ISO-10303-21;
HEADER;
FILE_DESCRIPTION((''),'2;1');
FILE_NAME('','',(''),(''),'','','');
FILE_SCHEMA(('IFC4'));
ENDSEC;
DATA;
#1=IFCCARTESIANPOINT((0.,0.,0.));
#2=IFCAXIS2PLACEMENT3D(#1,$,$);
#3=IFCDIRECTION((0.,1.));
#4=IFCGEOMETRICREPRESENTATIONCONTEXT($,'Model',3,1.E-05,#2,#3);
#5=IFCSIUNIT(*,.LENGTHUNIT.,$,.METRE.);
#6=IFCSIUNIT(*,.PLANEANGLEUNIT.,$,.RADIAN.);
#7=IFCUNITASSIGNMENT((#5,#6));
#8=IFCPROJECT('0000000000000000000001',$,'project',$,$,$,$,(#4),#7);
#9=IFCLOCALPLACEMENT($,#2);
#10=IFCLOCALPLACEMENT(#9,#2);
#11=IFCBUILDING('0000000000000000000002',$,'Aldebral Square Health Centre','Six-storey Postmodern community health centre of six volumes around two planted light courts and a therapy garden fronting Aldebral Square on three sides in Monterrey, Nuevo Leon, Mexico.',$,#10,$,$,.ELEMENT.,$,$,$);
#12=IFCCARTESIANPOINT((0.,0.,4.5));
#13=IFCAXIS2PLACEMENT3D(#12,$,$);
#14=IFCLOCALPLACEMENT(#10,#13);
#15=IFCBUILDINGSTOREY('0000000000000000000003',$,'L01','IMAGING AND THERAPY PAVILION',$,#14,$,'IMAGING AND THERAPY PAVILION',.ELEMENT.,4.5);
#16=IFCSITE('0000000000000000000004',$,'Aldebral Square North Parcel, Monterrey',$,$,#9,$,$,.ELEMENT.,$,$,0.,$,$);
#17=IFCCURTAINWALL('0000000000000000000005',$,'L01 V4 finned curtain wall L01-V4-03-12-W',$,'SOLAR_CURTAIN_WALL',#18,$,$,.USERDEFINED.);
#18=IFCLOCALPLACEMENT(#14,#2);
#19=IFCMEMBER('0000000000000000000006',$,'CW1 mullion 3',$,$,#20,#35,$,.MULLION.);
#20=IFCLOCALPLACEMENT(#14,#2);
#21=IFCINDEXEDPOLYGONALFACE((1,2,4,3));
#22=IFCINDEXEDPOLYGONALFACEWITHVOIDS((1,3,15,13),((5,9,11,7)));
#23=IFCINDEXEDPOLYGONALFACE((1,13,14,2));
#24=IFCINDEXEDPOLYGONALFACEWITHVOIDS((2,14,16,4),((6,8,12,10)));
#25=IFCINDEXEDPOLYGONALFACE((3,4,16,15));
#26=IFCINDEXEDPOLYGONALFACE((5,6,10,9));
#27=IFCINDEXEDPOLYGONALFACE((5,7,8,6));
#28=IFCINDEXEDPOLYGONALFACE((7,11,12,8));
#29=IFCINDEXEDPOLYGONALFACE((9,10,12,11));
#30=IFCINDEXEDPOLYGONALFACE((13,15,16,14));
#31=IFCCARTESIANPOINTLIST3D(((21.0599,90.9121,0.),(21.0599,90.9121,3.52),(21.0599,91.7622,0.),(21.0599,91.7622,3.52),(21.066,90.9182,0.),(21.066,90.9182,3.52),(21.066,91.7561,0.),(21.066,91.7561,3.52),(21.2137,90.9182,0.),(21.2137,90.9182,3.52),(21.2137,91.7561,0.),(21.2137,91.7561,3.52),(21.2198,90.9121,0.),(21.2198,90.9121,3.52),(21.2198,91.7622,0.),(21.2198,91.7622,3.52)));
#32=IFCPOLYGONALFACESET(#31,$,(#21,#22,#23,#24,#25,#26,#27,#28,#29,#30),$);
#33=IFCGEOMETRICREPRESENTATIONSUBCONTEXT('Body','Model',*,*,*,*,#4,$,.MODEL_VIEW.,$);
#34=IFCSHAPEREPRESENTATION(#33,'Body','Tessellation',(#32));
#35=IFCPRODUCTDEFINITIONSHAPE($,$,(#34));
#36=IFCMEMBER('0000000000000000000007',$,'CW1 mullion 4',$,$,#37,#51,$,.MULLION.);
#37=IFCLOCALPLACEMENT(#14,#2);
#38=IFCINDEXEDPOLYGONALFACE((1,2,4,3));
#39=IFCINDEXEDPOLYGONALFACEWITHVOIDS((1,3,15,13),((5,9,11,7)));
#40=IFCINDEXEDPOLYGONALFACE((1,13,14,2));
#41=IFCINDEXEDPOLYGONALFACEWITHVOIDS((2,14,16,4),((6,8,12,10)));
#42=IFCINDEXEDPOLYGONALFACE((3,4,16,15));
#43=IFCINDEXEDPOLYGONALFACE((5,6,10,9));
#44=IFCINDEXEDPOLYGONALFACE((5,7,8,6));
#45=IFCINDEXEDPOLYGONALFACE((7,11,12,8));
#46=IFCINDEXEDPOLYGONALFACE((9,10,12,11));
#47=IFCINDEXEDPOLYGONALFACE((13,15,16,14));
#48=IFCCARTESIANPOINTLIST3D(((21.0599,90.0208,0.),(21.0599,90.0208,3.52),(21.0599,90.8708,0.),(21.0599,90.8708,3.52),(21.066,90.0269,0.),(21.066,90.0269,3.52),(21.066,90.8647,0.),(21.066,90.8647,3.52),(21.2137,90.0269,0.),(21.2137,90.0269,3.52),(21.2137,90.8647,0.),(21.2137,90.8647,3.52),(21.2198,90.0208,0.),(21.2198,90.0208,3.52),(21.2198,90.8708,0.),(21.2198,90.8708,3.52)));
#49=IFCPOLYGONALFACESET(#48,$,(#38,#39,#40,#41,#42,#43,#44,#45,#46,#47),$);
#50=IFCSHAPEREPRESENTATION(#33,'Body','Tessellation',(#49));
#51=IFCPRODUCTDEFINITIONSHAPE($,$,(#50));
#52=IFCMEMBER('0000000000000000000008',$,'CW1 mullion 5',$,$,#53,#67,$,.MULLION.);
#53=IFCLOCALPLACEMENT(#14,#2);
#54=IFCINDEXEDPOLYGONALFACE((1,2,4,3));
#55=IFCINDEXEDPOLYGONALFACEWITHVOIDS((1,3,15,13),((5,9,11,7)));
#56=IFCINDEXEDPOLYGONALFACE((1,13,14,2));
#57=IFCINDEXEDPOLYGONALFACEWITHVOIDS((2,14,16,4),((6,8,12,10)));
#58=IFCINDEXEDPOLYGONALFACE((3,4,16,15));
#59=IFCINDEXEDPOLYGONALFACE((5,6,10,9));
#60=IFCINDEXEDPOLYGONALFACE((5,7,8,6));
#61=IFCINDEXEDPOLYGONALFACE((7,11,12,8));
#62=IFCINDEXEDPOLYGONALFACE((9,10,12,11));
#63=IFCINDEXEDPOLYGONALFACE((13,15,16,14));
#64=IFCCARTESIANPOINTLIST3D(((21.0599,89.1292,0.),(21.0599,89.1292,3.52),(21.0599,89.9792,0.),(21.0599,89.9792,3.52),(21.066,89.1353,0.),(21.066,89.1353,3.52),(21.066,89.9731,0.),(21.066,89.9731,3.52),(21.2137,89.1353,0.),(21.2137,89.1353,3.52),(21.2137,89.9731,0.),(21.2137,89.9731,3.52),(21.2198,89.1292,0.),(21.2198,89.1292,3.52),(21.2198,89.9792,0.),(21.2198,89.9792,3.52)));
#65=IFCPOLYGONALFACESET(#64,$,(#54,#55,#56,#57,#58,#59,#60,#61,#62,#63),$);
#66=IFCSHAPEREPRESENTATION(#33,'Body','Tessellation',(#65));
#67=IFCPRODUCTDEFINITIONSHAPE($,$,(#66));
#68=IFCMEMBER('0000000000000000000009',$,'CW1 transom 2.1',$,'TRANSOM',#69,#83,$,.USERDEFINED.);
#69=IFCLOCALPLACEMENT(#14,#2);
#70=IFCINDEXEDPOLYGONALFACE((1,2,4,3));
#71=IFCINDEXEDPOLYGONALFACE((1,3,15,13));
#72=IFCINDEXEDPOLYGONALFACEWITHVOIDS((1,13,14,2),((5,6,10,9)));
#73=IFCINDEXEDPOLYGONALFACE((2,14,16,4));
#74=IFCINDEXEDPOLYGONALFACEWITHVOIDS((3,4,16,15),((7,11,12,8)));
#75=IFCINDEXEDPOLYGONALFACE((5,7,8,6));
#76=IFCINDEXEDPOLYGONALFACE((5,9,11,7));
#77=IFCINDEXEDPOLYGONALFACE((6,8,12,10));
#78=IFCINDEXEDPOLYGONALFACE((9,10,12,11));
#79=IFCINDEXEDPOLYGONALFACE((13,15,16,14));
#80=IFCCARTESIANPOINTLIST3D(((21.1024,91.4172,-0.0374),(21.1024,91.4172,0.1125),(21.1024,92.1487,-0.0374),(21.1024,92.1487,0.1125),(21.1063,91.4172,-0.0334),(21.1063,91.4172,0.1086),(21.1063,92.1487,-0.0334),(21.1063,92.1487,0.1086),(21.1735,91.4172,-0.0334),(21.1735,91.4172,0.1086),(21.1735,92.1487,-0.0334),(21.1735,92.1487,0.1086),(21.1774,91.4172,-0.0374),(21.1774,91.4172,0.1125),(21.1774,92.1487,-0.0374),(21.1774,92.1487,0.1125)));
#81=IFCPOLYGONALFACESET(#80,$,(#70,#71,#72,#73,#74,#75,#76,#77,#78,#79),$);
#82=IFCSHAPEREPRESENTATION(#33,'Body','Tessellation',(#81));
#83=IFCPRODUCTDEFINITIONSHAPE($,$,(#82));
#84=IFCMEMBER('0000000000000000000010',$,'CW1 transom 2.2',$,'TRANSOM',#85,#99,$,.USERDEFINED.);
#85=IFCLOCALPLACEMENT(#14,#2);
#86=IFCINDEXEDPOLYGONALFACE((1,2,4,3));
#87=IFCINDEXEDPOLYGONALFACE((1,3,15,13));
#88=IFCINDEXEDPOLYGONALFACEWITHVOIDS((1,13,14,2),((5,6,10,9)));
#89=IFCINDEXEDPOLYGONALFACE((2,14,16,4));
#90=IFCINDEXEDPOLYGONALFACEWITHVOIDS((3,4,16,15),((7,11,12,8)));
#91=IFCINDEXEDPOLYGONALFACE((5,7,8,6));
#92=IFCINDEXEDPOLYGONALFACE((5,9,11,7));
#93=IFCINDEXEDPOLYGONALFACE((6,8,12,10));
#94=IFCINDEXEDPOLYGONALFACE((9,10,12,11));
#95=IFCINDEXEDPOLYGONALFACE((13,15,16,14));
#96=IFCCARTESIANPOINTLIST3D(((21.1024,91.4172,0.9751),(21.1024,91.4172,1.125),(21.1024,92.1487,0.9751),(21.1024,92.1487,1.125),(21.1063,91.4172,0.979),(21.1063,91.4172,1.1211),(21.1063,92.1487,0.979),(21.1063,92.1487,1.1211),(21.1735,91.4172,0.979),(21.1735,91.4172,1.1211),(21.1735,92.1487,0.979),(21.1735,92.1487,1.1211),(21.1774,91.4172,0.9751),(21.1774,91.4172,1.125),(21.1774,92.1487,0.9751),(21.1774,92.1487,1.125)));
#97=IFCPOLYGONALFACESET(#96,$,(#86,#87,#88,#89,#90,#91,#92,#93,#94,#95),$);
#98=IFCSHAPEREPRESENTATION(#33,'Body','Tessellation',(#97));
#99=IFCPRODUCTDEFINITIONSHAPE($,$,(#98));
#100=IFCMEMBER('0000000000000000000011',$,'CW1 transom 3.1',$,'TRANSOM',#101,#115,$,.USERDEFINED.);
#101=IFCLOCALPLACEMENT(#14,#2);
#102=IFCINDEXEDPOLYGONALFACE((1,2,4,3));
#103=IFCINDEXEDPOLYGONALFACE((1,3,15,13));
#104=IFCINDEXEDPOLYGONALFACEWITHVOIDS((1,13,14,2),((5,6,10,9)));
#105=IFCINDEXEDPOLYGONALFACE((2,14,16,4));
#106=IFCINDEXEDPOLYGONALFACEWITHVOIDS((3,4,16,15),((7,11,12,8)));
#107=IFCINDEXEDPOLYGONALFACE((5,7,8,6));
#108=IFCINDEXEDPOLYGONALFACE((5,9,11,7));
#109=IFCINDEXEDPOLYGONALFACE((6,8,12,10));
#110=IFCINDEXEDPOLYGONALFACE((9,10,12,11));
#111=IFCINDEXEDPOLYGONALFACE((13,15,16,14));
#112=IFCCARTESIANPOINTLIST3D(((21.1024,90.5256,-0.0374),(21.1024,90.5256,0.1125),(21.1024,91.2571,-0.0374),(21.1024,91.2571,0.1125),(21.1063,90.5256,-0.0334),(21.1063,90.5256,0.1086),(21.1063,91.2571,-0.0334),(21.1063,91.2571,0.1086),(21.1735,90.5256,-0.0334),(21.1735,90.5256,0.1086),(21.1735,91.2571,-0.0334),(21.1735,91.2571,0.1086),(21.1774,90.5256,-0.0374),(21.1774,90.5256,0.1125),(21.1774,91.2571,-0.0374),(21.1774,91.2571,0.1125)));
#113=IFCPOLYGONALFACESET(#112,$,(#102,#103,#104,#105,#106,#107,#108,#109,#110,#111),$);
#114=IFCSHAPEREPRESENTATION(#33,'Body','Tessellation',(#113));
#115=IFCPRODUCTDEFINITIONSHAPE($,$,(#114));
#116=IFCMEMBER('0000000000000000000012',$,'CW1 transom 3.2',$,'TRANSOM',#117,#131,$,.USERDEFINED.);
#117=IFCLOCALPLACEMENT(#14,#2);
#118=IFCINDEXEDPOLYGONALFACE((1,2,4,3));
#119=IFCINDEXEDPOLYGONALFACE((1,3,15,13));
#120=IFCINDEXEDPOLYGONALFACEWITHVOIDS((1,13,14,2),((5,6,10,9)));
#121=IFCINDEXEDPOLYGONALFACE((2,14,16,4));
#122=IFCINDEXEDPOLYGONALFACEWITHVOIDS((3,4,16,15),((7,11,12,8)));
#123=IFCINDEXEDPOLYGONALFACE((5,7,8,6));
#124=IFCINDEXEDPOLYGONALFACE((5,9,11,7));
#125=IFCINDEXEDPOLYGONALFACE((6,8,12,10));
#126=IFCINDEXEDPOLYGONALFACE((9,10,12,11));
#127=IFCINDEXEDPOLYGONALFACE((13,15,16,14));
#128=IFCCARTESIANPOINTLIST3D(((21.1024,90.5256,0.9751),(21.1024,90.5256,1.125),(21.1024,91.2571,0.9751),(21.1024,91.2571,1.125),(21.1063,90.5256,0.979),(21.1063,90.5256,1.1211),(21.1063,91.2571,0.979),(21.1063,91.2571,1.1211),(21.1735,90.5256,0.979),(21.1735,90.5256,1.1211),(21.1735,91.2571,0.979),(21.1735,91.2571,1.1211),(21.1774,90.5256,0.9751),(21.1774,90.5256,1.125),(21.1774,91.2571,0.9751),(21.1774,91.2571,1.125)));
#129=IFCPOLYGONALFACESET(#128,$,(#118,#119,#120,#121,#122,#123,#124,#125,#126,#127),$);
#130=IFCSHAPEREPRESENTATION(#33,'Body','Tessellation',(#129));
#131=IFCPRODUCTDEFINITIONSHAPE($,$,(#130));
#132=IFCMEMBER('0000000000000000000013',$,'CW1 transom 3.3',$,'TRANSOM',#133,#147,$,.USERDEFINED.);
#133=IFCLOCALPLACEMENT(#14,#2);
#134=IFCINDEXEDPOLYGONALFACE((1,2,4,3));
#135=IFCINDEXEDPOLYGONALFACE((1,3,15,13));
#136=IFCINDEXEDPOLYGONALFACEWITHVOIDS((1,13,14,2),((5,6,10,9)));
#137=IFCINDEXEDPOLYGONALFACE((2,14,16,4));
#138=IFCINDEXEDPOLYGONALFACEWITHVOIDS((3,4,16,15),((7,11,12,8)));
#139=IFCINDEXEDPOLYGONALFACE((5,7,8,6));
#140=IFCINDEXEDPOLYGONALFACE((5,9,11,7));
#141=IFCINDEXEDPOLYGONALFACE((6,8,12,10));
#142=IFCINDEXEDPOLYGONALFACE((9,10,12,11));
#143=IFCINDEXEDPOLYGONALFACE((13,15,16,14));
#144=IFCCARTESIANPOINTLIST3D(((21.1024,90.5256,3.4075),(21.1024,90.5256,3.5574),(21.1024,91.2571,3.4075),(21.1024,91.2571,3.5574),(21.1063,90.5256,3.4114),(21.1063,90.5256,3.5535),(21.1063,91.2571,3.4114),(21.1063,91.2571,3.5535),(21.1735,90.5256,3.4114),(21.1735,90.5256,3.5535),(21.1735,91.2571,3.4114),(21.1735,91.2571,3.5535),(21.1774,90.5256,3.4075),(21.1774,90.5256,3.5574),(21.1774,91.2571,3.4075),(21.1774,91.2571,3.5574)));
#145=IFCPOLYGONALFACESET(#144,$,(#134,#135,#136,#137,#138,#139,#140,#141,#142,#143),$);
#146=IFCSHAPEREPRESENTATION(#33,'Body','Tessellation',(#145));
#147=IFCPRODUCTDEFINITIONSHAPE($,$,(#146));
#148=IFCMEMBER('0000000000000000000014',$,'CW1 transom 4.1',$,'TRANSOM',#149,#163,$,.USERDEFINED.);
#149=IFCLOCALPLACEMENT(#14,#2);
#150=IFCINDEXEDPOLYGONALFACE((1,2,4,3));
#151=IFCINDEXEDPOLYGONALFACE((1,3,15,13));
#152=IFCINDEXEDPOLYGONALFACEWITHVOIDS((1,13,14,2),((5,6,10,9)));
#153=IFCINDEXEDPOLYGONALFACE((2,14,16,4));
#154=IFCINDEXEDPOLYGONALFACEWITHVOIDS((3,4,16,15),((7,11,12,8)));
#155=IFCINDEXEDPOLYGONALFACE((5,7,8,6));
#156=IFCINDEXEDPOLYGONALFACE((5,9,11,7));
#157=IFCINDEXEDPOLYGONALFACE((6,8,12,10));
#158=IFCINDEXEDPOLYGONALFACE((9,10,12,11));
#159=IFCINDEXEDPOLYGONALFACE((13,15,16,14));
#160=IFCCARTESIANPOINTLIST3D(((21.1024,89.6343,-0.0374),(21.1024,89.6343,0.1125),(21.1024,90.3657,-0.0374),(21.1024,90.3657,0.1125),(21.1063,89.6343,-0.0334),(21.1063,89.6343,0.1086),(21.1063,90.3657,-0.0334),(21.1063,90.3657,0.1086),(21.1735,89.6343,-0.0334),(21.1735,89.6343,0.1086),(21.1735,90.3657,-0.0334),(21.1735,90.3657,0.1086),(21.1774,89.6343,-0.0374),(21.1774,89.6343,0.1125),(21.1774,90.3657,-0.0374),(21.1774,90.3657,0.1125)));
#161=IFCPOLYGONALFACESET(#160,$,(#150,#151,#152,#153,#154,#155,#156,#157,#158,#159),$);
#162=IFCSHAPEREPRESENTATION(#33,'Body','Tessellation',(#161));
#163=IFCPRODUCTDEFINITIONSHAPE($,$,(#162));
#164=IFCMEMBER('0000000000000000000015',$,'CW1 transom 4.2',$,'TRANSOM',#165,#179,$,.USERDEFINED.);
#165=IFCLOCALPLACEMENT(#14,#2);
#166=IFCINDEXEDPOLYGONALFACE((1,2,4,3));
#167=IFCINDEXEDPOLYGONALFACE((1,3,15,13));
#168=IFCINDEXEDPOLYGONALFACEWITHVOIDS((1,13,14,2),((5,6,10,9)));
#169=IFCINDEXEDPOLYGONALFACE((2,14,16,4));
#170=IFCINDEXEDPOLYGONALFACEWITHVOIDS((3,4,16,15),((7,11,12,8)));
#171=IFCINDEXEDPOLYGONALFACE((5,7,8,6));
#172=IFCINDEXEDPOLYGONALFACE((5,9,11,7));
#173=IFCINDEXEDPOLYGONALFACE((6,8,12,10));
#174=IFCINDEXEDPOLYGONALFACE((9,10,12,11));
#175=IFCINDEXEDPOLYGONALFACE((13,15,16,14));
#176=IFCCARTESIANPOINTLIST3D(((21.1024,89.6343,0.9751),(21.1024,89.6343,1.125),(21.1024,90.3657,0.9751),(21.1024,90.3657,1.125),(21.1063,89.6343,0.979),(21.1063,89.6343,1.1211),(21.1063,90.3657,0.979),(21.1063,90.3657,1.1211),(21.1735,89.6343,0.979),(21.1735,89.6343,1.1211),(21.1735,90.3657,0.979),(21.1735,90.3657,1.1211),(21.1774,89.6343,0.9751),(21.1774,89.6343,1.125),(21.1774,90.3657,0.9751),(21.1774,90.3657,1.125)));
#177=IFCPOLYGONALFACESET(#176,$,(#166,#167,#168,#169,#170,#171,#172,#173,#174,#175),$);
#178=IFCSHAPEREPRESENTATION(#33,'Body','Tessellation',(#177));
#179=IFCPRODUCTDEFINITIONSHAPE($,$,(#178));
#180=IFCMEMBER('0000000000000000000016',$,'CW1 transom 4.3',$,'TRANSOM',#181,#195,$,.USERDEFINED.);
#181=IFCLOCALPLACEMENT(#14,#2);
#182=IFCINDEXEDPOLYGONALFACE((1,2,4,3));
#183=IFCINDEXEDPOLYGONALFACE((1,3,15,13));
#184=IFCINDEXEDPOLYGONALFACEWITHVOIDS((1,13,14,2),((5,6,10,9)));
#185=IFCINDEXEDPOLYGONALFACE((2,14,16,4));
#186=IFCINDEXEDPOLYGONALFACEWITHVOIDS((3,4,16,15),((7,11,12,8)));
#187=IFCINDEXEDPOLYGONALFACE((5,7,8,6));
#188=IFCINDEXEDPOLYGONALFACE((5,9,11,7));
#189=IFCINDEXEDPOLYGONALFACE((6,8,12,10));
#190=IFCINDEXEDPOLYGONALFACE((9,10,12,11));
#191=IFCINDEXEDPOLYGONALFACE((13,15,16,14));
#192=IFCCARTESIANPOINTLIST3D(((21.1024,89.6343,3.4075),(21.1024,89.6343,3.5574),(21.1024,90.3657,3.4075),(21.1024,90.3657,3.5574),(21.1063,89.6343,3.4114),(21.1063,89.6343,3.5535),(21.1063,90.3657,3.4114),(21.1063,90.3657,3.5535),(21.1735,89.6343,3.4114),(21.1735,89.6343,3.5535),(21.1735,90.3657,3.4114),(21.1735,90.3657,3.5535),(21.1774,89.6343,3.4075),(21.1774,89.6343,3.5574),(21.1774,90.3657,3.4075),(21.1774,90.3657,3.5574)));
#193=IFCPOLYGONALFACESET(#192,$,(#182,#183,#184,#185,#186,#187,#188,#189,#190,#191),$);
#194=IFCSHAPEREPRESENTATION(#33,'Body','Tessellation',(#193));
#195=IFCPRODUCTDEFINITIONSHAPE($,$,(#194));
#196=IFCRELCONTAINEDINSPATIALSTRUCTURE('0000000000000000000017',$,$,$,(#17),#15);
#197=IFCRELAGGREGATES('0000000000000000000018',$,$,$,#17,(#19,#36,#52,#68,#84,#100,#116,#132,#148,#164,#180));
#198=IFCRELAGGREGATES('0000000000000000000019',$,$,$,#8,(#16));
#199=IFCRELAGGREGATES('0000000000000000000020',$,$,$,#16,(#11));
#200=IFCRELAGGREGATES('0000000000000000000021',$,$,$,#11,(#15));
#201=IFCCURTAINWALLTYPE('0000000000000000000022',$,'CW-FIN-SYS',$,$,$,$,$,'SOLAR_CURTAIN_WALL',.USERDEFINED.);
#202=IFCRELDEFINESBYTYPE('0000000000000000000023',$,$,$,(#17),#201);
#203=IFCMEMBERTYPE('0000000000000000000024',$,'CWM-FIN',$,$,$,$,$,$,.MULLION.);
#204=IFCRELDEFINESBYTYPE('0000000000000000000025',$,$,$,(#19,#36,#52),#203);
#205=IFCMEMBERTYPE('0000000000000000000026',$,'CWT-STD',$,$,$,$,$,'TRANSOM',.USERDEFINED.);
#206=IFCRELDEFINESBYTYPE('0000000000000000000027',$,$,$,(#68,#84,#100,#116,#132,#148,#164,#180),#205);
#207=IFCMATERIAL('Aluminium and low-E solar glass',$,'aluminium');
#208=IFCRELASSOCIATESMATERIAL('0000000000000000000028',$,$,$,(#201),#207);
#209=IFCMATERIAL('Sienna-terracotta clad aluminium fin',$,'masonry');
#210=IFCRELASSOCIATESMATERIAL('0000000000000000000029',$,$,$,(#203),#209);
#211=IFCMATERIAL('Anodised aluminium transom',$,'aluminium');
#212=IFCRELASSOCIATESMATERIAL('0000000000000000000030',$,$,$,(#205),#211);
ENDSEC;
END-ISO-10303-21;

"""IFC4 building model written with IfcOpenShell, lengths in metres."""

from ifc_helpers import new_model, si_unit, direction, frame, origin, origin_2d, place, context, subcontext, project, spatial, hollow_rectangle, extrude, material, material_profile, profile_set, type_object, element, aggregate, save


model = new_model("IFC4")

# Units and contexts
model_context = context("Model", 3, precision=1e-05, world=origin(), true_north=direction((0.0, 1.0)))
body_context = subcontext(model_context, "Body", "Model", "MODEL_VIEW")
ifc_project = project(units=[si_unit("LENGTHUNIT", "METRE"), si_unit("PLANEANGLEUNIT", "RADIAN")], contexts=[model_context])

# Site, building, storey
site_placement = place(None, origin())
site = spatial("IfcSite", under=ifc_project, at=site_placement, Name="Aldebral Square North Parcel, Monterrey", CompositionType="ELEMENT", RefElevation=0.0)
building_placement = place(site_placement, origin())
building = spatial("IfcBuilding", under=site, at=building_placement, Name="Aldebral Square Health Centre", Description="Six-storey Postmodern community health centre of six volumes around two planted light courts and a therapy garden fronting Aldebral Square on three sides in Monterrey, Nuevo Leon, Mexico.", CompositionType="ELEMENT")
storey_placement = place(building_placement, frame((0.0, 0.0, 4.5)))
storey = spatial("IfcBuildingStorey", under=building, at=storey_placement, Name="L01", Description="IMAGING AND THERAPY PAVILION", LongName="IMAGING AND THERAPY PAVILION", CompositionType="ELEMENT", Elevation=4.5)

# Curtain wall, members
ifc_material_1 = material(Name="Aluminium and low-E solar glass", Category="aluminium")
curtain_wall_type = type_object("IfcCurtainWallType", Name="CW-FIN-SYS", ElementType="SOLAR_CURTAIN_WALL", PredefinedType="USERDEFINED", material=ifc_material_1)
curtain_wall_placement = place(storey_placement, origin())
curtain_wall = element("IfcCurtainWall", 1, at=curtain_wall_placement, inside=storey, type_object=curtain_wall_type, Name="L01 V4 finned curtain wall L01-V4-03-12-W", ObjectType="SOLAR_CURTAIN_WALL", PredefinedType="USERDEFINED")
ifc_material_2 = material(Name="Sienna-terracotta clad aluminium fin", Category="masonry")
ifc_material_profile_1 = material_profile(ifc_material_2, hollow_rectangle(XDim=0.1599, YDim=0.8501, WallThickness=0.0061, at=origin_2d()), Name="FIN 160x850x6")
ifc_profile_set_1 = profile_set([ifc_material_profile_1], Name="Sienna-terracotta clad aluminium fin")
member_type_1 = type_object("IfcMemberType", Name="CWM-FIN", PredefinedType="MULLION", material=ifc_profile_set_1)
member_1_placement = place(storey_placement, frame((21.1399, 91.3372, 0.0), z_axis=(0.0, 0.0, 1.0), x_axis=(1.0, 0.0, 0.0)))
member_1 = element("IfcMember", 2, at=member_1_placement, type_object=member_type_1, Name="CW1 mullion 3", PredefinedType="MULLION", context=body_context, shape_type="SweptSolid", body=[
    extrude(hollow_rectangle(XDim=0.1599, YDim=0.8501, WallThickness=0.0061, at=origin_2d()), origin(), (0.0, 0.0, 1.0), 3.52),
])
member_2_placement = place(storey_placement, frame((21.1399, 90.4458, 0.0), z_axis=(0.0, 0.0, 1.0), x_axis=(1.0, 0.0, 0.0)))
member_2 = element("IfcMember", 3, at=member_2_placement, type_object=member_type_1, Name="CW1 mullion 4", PredefinedType="MULLION", context=body_context, shape_type="SweptSolid", body=[
    extrude(hollow_rectangle(XDim=0.1599, YDim=0.8501, WallThickness=0.0061, at=origin_2d()), origin(), (0.0, 0.0, 1.0), 3.52),
])
member_3_placement = place(storey_placement, frame((21.1399, 89.5542, 0.0), z_axis=(0.0, 0.0, 1.0), x_axis=(1.0, 0.0, 0.0)))
member_3 = element("IfcMember", 4, at=member_3_placement, type_object=member_type_1, Name="CW1 mullion 5", PredefinedType="MULLION", context=body_context, shape_type="SweptSolid", body=[
    extrude(hollow_rectangle(XDim=0.1599, YDim=0.8501, WallThickness=0.0061, at=origin_2d()), origin(), (0.0, 0.0, 1.0), 3.52),
])
ifc_material_3 = material(Name="Anodised aluminium transom", Category="aluminium")
ifc_material_profile_2 = material_profile(ifc_material_3, hollow_rectangle(XDim=0.075, YDim=0.1499, WallThickness=0.0039, at=origin_2d()), Name="CWT 75x150x4")
ifc_profile_set_2 = profile_set([ifc_material_profile_2], Name="Anodised aluminium transom")
member_type_2 = type_object("IfcMemberType", Name="CWT-STD", ElementType="TRANSOM", PredefinedType="USERDEFINED", material=ifc_profile_set_2)
member_4_placement = place(storey_placement, frame((21.1399, 92.1487, 0.0376), z_axis=(0.0, -1.0, 0.0), x_axis=(1.0, 0.0, 0.0)))
member_4 = element("IfcMember", 5, at=member_4_placement, type_object=member_type_2, Name="CW1 transom 2.1", ObjectType="TRANSOM", PredefinedType="USERDEFINED", context=body_context, shape_type="SweptSolid", body=[
    extrude(hollow_rectangle(XDim=0.075, YDim=0.1499, WallThickness=0.0039, at=origin_2d()), origin(), (0.0, 0.0, 1.0), 0.7314),
])
member_5_placement = place(storey_placement, frame((21.1399, 92.1487, 1.05), z_axis=(0.0, -1.0, 0.0), x_axis=(1.0, 0.0, 0.0)))
member_5 = element("IfcMember", 6, at=member_5_placement, type_object=member_type_2, Name="CW1 transom 2.2", ObjectType="TRANSOM", PredefinedType="USERDEFINED", context=body_context, shape_type="SweptSolid", body=[
    extrude(hollow_rectangle(XDim=0.075, YDim=0.1499, WallThickness=0.0039, at=origin_2d()), origin(), (0.0, 0.0, 1.0), 0.7314),
])
member_6_placement = place(storey_placement, frame((21.1399, 91.2571, 0.0376), z_axis=(0.0, -1.0, 0.0), x_axis=(1.0, 0.0, 0.0)))
member_6 = element("IfcMember", 7, at=member_6_placement, type_object=member_type_2, Name="CW1 transom 3.1", ObjectType="TRANSOM", PredefinedType="USERDEFINED", context=body_context, shape_type="SweptSolid", body=[
    extrude(hollow_rectangle(XDim=0.075, YDim=0.1499, WallThickness=0.0039, at=origin_2d()), origin(), (0.0, 0.0, 1.0), 0.7314),
])
member_7_placement = place(storey_placement, frame((21.1399, 91.2571, 1.05), z_axis=(0.0, -1.0, 0.0), x_axis=(1.0, 0.0, 0.0)))
member_7 = element("IfcMember", 8, at=member_7_placement, type_object=member_type_2, Name="CW1 transom 3.2", ObjectType="TRANSOM", PredefinedType="USERDEFINED", context=body_context, shape_type="SweptSolid", body=[
    extrude(hollow_rectangle(XDim=0.075, YDim=0.1499, WallThickness=0.0039, at=origin_2d()), origin(), (0.0, 0.0, 1.0), 0.7314),
])
member_8_placement = place(storey_placement, frame((21.1399, 91.2571, 3.4824), z_axis=(0.0, -1.0, 0.0), x_axis=(1.0, 0.0, 0.0)))
member_8 = element("IfcMember", 9, at=member_8_placement, type_object=member_type_2, Name="CW1 transom 3.3", ObjectType="TRANSOM", PredefinedType="USERDEFINED", context=body_context, shape_type="SweptSolid", body=[
    extrude(hollow_rectangle(XDim=0.075, YDim=0.1499, WallThickness=0.0039, at=origin_2d()), origin(), (0.0, 0.0, 1.0), 0.7314),
])
member_9_placement = place(storey_placement, frame((21.1399, 90.3657, 0.0376), z_axis=(0.0, -1.0, 0.0), x_axis=(1.0, 0.0, 0.0)))
member_9 = element("IfcMember", 10, at=member_9_placement, type_object=member_type_2, Name="CW1 transom 4.1", ObjectType="TRANSOM", PredefinedType="USERDEFINED", context=body_context, shape_type="SweptSolid", body=[
    extrude(hollow_rectangle(XDim=0.075, YDim=0.1499, WallThickness=0.0039, at=origin_2d()), origin(), (0.0, 0.0, 1.0), 0.7314),
])
member_10_placement = place(storey_placement, frame((21.1399, 90.3657, 1.05), z_axis=(0.0, -1.0, 0.0), x_axis=(1.0, 0.0, 0.0)))
member_10 = element("IfcMember", 11, at=member_10_placement, type_object=member_type_2, Name="CW1 transom 4.2", ObjectType="TRANSOM", PredefinedType="USERDEFINED", context=body_context, shape_type="SweptSolid", body=[
    extrude(hollow_rectangle(XDim=0.075, YDim=0.1499, WallThickness=0.0039, at=origin_2d()), origin(), (0.0, 0.0, 1.0), 0.7314),
])
member_11_placement = place(storey_placement, frame((21.1399, 90.3657, 3.4824), z_axis=(0.0, -1.0, 0.0), x_axis=(1.0, 0.0, 0.0)))
member_11 = element("IfcMember", 12, at=member_11_placement, type_object=member_type_2, Name="CW1 transom 4.3", ObjectType="TRANSOM", PredefinedType="USERDEFINED", context=body_context, shape_type="SweptSolid", body=[
    extrude(hollow_rectangle(XDim=0.075, YDim=0.1499, WallThickness=0.0039, at=origin_2d()), origin(), (0.0, 0.0, 1.0), 0.7314),
])
aggregate(curtain_wall, [member_1, member_2, member_3, member_4, member_5, member_6, member_7, member_8, member_9, member_10, member_11])

save(model, "model.ifc")
